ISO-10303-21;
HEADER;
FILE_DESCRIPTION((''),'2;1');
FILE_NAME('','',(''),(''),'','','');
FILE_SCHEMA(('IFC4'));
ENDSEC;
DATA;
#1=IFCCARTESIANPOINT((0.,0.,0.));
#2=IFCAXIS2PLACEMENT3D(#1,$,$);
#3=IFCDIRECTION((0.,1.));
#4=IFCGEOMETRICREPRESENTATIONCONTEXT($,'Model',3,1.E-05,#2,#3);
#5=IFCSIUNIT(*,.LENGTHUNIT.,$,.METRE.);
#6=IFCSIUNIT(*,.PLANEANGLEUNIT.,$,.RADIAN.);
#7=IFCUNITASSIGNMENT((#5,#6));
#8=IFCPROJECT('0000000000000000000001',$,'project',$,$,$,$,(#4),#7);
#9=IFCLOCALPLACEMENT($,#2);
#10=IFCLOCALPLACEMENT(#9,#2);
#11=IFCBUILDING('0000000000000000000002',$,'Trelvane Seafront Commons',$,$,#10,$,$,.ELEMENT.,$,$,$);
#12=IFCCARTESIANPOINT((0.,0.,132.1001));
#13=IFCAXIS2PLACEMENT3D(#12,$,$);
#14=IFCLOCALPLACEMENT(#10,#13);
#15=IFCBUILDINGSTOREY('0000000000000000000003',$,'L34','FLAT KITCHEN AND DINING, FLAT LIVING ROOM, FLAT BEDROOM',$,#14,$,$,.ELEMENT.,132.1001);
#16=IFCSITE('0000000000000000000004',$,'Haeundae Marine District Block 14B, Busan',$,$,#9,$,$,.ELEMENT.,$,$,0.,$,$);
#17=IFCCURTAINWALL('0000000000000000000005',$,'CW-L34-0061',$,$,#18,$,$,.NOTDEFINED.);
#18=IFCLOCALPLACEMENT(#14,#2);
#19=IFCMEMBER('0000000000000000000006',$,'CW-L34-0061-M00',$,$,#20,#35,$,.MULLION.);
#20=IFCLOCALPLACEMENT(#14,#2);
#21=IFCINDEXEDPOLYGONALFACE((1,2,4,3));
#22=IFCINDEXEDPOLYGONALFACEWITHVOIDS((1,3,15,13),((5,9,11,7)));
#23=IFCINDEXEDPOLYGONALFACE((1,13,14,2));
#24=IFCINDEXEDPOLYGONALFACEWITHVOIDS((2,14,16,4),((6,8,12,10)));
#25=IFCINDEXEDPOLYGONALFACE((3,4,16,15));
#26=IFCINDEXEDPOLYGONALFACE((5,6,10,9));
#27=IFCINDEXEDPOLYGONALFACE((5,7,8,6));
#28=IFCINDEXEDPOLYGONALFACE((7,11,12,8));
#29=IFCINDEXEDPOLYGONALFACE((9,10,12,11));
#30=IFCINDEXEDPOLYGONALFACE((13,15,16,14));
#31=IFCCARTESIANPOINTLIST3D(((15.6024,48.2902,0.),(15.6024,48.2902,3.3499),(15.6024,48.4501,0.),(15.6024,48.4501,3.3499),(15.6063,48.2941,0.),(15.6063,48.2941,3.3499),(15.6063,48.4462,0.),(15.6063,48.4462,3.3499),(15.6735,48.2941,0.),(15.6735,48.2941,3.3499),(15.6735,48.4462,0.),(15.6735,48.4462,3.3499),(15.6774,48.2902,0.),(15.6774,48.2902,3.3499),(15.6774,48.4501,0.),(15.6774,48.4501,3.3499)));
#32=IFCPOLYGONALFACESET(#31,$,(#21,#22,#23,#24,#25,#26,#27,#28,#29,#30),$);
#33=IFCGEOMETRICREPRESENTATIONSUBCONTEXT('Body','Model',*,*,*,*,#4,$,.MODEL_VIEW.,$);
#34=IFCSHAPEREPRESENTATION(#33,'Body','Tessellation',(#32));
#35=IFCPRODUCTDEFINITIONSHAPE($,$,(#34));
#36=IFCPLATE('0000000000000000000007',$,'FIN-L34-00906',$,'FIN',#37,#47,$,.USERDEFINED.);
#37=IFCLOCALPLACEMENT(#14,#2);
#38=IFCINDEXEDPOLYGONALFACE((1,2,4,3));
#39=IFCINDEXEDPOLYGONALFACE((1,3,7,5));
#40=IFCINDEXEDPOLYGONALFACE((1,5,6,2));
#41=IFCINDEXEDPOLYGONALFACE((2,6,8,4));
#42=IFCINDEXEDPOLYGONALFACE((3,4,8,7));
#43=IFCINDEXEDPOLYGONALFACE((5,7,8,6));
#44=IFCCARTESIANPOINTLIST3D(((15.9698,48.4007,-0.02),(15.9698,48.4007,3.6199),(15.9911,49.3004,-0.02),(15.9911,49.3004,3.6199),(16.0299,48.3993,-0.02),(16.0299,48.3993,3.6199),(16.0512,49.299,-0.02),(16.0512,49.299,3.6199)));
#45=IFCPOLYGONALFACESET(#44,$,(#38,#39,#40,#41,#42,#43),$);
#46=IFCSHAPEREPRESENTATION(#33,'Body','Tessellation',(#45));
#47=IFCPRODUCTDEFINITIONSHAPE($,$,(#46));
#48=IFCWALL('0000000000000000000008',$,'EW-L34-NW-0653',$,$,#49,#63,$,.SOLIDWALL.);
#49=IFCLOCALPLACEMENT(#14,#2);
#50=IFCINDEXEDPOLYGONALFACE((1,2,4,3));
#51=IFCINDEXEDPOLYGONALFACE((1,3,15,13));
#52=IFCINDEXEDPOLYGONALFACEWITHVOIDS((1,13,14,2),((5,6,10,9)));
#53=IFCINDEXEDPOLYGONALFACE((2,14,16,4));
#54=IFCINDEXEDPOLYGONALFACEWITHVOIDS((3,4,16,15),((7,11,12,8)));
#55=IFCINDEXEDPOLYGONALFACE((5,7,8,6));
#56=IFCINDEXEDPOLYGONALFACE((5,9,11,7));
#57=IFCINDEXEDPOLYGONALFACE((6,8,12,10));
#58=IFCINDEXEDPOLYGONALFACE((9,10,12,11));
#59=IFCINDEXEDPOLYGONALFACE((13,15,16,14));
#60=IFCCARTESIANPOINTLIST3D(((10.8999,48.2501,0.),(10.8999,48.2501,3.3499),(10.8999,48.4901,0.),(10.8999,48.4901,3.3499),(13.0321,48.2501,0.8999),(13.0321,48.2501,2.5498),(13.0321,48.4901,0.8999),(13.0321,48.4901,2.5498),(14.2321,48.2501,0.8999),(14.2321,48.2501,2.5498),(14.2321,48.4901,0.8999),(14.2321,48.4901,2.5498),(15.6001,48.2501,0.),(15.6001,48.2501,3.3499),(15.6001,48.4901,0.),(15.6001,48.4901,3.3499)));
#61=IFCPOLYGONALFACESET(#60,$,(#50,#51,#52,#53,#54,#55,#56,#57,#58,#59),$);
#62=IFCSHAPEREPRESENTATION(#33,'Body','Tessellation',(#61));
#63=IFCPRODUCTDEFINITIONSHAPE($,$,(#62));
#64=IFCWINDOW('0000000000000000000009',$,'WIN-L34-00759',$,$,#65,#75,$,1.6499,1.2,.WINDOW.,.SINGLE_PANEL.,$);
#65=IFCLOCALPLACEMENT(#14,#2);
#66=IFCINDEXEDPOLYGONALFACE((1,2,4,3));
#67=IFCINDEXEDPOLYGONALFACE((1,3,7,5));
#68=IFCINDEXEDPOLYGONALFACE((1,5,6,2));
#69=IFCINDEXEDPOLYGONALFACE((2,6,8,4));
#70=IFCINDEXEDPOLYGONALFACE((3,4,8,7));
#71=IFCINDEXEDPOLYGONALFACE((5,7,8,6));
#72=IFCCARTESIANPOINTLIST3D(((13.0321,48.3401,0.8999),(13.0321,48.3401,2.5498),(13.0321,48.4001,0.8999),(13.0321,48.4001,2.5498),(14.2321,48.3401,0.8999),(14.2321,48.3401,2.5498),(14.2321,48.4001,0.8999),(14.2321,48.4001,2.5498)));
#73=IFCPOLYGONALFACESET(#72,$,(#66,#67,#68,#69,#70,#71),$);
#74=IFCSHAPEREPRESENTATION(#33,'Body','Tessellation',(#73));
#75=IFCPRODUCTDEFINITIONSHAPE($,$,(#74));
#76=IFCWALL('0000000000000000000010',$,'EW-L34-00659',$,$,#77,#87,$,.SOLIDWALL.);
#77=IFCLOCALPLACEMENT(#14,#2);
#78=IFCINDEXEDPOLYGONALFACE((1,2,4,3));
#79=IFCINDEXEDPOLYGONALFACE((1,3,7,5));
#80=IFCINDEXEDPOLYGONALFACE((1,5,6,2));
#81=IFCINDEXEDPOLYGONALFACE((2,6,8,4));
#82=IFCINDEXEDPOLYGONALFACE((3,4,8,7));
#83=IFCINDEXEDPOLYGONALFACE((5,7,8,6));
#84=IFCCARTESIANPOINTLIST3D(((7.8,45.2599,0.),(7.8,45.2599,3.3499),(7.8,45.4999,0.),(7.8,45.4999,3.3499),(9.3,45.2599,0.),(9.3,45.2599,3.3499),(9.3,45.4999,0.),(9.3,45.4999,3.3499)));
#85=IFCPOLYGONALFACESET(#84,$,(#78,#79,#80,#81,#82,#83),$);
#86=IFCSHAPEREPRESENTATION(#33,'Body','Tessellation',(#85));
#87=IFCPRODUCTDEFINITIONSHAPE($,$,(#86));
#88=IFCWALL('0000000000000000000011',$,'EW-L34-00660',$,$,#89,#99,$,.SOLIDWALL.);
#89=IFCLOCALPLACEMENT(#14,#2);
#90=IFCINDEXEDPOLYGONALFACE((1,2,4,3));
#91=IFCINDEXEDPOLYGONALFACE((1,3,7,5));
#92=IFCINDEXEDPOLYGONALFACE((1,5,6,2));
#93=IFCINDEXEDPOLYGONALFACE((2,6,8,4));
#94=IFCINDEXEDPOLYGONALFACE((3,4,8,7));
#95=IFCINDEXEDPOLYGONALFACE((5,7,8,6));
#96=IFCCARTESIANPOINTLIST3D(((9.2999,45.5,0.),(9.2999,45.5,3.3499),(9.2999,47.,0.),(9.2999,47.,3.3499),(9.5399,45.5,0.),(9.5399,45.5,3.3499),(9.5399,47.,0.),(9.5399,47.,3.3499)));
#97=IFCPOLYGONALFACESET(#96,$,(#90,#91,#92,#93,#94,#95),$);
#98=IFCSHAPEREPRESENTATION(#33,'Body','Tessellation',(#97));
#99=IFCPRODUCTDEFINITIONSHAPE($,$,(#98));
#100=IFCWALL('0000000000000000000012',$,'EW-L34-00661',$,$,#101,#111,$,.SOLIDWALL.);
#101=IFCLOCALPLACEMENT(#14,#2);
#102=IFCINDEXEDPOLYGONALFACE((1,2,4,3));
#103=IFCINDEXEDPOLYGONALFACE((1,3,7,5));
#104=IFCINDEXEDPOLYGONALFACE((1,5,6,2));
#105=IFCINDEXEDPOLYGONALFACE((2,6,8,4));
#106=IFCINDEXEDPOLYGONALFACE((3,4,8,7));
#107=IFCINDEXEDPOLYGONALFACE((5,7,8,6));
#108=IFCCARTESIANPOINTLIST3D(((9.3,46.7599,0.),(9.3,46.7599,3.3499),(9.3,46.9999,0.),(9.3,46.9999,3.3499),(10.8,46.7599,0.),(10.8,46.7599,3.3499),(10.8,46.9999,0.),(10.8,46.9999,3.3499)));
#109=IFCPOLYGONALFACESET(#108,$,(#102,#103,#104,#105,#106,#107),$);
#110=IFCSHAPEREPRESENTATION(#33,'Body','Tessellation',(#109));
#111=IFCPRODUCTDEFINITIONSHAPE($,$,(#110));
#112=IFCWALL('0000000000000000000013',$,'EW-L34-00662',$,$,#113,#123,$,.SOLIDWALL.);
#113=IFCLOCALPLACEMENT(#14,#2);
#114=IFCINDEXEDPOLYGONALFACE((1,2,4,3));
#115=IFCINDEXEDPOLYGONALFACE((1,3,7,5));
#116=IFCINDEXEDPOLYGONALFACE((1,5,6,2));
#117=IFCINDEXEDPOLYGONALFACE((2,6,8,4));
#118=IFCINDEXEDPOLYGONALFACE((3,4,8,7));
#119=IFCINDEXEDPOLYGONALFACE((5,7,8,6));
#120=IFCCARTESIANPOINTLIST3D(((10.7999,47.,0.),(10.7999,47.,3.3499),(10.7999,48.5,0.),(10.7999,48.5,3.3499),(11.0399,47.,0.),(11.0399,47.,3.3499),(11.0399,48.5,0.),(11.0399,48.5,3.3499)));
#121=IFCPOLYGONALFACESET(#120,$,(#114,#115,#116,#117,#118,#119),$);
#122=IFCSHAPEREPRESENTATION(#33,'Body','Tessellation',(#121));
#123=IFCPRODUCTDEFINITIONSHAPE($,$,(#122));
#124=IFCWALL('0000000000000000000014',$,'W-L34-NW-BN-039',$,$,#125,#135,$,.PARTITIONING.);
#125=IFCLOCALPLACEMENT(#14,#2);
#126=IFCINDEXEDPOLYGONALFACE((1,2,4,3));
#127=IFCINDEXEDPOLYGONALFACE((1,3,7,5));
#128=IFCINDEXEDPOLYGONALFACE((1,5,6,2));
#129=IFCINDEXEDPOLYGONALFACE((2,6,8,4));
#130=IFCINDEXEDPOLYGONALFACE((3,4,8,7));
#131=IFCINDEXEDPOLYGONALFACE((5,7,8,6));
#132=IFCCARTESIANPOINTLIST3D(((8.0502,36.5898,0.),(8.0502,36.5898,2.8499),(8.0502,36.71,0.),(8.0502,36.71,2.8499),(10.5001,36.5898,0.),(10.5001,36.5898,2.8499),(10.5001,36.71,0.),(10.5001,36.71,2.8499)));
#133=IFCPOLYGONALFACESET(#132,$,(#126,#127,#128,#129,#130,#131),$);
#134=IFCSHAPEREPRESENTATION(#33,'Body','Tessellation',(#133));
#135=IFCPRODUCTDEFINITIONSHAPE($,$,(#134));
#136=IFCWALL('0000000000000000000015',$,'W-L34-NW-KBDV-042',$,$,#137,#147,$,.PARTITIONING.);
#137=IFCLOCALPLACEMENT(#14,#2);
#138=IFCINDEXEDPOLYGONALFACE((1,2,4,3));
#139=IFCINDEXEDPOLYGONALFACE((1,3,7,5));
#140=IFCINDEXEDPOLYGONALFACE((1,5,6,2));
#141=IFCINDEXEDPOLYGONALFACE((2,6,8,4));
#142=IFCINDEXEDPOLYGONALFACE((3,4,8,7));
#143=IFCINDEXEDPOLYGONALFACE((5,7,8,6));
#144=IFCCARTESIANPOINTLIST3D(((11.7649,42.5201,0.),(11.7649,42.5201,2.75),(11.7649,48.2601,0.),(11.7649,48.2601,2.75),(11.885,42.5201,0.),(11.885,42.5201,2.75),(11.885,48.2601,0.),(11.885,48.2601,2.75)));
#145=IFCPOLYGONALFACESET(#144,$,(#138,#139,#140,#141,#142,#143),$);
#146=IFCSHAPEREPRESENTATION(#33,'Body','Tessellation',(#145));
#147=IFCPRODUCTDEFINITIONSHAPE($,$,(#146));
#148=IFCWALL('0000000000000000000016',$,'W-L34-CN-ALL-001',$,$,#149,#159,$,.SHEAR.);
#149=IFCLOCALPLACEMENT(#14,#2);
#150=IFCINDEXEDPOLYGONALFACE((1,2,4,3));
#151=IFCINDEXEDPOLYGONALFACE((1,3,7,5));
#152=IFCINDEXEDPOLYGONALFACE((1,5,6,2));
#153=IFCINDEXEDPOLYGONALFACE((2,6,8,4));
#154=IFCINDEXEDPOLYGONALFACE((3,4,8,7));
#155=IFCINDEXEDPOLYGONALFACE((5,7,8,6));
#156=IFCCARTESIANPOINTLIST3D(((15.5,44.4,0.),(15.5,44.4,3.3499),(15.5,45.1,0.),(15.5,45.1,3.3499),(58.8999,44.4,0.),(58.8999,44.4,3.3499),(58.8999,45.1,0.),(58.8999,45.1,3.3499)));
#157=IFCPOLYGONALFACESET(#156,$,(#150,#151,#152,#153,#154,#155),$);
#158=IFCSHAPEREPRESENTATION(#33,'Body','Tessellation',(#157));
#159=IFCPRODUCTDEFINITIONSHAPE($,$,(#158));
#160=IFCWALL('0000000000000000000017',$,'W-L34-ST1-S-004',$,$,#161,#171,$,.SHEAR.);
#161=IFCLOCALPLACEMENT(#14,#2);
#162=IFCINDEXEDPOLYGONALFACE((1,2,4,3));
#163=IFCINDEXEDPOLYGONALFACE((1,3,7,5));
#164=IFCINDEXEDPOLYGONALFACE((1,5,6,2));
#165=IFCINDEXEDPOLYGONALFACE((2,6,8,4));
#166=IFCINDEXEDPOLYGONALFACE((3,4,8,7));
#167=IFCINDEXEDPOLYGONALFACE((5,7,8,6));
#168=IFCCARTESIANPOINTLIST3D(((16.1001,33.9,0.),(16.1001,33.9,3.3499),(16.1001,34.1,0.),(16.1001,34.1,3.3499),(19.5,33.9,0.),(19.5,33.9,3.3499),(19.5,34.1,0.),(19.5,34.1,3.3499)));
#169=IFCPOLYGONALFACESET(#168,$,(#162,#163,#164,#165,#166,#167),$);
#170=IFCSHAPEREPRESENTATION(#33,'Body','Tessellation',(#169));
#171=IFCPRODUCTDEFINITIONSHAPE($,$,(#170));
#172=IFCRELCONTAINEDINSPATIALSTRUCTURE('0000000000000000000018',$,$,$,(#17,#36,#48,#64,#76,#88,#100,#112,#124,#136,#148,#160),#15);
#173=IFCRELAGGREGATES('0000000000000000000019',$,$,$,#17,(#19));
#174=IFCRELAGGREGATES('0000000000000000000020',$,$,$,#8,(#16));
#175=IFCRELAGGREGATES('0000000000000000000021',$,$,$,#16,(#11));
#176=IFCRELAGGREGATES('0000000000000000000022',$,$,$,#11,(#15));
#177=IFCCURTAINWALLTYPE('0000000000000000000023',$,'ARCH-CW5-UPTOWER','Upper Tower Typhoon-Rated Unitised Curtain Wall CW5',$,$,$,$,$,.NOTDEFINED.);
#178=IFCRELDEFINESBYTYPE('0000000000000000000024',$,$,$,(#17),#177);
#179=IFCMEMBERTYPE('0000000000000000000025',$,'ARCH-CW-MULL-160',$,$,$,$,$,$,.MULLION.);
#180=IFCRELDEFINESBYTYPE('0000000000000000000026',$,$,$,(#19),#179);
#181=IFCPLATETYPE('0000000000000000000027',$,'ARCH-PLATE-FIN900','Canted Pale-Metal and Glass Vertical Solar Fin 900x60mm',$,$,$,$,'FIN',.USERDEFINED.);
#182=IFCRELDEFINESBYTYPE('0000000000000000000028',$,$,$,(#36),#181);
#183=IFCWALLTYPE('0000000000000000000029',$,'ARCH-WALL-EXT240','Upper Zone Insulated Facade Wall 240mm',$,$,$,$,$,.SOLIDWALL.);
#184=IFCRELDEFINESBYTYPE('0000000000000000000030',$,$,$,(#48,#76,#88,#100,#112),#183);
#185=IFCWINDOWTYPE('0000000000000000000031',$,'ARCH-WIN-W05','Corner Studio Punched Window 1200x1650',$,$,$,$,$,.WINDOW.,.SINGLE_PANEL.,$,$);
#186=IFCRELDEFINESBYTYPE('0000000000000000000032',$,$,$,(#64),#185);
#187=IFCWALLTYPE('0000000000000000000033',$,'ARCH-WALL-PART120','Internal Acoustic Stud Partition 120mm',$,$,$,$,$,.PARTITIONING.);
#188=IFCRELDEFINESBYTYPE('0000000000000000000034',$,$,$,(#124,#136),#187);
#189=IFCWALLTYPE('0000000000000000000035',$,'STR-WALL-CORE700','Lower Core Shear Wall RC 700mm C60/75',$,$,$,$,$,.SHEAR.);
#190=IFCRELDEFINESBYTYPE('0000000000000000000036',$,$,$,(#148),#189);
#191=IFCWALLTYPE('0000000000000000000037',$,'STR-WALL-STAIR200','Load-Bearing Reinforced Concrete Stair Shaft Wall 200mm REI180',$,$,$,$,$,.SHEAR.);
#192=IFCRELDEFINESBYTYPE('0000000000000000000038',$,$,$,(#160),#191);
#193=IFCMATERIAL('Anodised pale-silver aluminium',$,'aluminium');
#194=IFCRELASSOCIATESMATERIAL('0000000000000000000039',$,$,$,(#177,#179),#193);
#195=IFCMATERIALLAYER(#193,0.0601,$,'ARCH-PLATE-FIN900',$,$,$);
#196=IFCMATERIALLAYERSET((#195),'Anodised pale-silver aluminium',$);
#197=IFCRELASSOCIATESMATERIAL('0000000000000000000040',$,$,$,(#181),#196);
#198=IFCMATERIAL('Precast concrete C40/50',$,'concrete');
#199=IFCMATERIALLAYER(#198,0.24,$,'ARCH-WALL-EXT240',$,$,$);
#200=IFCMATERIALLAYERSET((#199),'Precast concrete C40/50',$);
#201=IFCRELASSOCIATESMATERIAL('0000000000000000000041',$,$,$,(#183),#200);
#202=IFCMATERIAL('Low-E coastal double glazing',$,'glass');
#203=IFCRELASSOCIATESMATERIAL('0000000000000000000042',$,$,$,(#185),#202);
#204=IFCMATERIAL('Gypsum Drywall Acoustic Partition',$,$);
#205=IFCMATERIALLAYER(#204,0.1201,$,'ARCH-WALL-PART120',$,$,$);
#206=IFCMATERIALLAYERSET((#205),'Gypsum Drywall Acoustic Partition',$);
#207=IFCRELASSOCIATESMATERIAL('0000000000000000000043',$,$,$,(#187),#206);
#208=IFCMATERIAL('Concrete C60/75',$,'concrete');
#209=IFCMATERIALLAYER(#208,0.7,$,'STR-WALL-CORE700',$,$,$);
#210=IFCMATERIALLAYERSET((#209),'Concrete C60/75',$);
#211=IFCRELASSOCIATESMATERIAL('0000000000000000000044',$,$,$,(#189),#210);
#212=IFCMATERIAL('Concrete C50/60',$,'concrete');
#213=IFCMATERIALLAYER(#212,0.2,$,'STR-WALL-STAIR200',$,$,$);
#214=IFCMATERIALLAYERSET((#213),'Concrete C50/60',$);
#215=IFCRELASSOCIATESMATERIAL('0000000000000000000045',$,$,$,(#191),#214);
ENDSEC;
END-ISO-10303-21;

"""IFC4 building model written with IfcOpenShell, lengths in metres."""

from ifc_helpers import new_model, si_unit, direction, frame, frame_2d, origin, origin_2d, place, context, subcontext, project, spatial, rectangle, hollow_rectangle, extrude, source, transform, mapped, material, layer, layer_set, material_profile, profile_set, type_object, element, fill, aggregate, save


model = new_model("IFC4")

# Units and contexts
model_context = context("Model", 3, precision=1e-05, world=origin(), true_north=direction((0.0, 1.0)))
body_context = subcontext(model_context, "Body", "Model", "MODEL_VIEW")
ifc_project = project(units=[si_unit("LENGTHUNIT", "METRE"), si_unit("PLANEANGLEUNIT", "RADIAN")], contexts=[model_context])

# Site, building, storey
site_placement = place(None, origin())
site = spatial("IfcSite", under=ifc_project, at=site_placement, Name="Haeundae Marine District Block 14B, Busan", CompositionType="ELEMENT", RefElevation=0.0)
building_placement = place(site_placement, origin())
building = spatial("IfcBuilding", under=site, at=building_placement, Name="Trelvane Seafront Commons", CompositionType="ELEMENT")
storey_placement = place(building_placement, frame((0.0, 0.0, 132.1001)))
storey = spatial("IfcBuildingStorey", under=building, at=storey_placement, Name="L34", Description="FLAT KITCHEN AND DINING, FLAT LIVING ROOM, FLAT BEDROOM", CompositionType="ELEMENT", Elevation=132.1001)

# Shared definitions
ifc_material_1 = material(Name="Concrete C50/60", Category="concrete")

# Shared definitions
ifc_material_2 = material(Name="Concrete C60/75", Category="concrete")

# Curtain wall, member
ifc_material_3 = material(Name="Anodised pale-silver aluminium", Category="aluminium")
curtain_wall_type = type_object("IfcCurtainWallType", Name="ARCH-CW5-UPTOWER", Description="Upper Tower Typhoon-Rated Unitised Curtain Wall CW5", PredefinedType="NOTDEFINED", material=ifc_material_3)
curtain_wall_placement = place(storey_placement, origin())
curtain_wall = element("IfcCurtainWall", 1, at=curtain_wall_placement, inside=storey, type_object=curtain_wall_type, Name="CW-L34-0061", PredefinedType="NOTDEFINED")
ifc_material_profile_1 = material_profile(ifc_material_3, hollow_rectangle(XDim=0.075, YDim=0.1599, WallThickness=0.0039, at=origin_2d()), Name="MULL-75x160x4")
ifc_profile_set_1 = profile_set([ifc_material_profile_1], Name="Anodised pale-silver aluminium")
member_type_1 = type_object("IfcMemberType", Name="ARCH-CW-MULL-160", PredefinedType="MULLION", material=ifc_profile_set_1)
shared_shape_1 = source(origin(), body_context, "Body", "SweptSolid", [
    extrude(hollow_rectangle(XDim=0.075, YDim=0.1599, WallThickness=0.0039, at=origin_2d()), origin(), (0.0, 0.0, 1.0), 3.3499),
])
member_1_placement = place(storey_placement, frame((15.6399, 48.3701, 0.0), z_axis=(0.0, 0.0, 1.0), x_axis=(1.0, 0.0, 0.0)))
member_1 = element("IfcMember", 2, at=member_1_placement, type_object=member_type_1, Name="CW-L34-0061-M00", PredefinedType="MULLION", context=body_context, shape_type="MappedRepresentation", body=[
    mapped(shared_shape_1, transform((0.0, 0.0, 0.0), x_axis=(1.0, 0.0, 0.0), y_axis=(0.0, 1.0, 0.0), z_axis=(0.0, 0.0, 1.0), scale=1.0)),
])
aggregate(curtain_wall, [member_1])

# Plate
ifc_layer_1 = layer(ifc_material_3, 0.0601, Name="ARCH-PLATE-FIN900")
ifc_layer_set_1 = layer_set([ifc_layer_1], Name="Anodised pale-silver aluminium")
plate_type = type_object("IfcPlateType", Name="ARCH-PLATE-FIN900", Description="Canted Pale-Metal and Glass Vertical Solar Fin 900x60mm", ElementType="FIN", PredefinedType="USERDEFINED", material=ifc_layer_set_1)
shared_shape_2 = source(origin(), body_context, "Body", "SweptSolid", [
    extrude(rectangle(XDim=0.8999, YDim=0.0601, at=origin_2d()), origin(), (0.0, 0.0, 1.0), 3.6399),
])
plate_placement = place(storey_placement, frame((16.0105, 48.8499, -0.02), z_axis=(0.0, 0.0, 1.0), x_axis=(0.023668, 0.99972, 0.0)))
element("IfcPlate", 3, at=plate_placement, inside=storey, type_object=plate_type, Name="FIN-L34-00906", ObjectType="FIN", PredefinedType="USERDEFINED", context=body_context, shape_type="MappedRepresentation", body=[
    mapped(shared_shape_2, transform((0.0, 0.0, 0.0), x_axis=(1.0, 0.0, 0.0), y_axis=(0.0, 1.0, 0.0), z_axis=(0.0, 0.0, 1.0), scale=1.0)),
])

# Wall, opening, window
ifc_material_4 = material(Name="Precast concrete C40/50", Category="concrete")
ifc_layer_2 = layer(ifc_material_4, 0.24, Name="ARCH-WALL-EXT240")
ifc_layer_set_2 = layer_set([ifc_layer_2], Name="Precast concrete C40/50")
wall_type_1 = type_object("IfcWallType", Name="ARCH-WALL-EXT240", Description="Upper Zone Insulated Facade Wall 240mm", PredefinedType="SOLIDWALL", material=ifc_layer_set_2)
wall_1_placement = place(storey_placement, frame((10.8999, 48.3701, 0.0), z_axis=(0.0, 0.0, 1.0), x_axis=(1.0, 0.0, 0.0)))
wall_1 = element("IfcWall", 4, at=wall_1_placement, inside=storey, type_object=wall_type_1, Name="EW-L34-NW-0653", PredefinedType="SOLIDWALL", context=body_context, shape_type="SweptSolid", body=[
    extrude(rectangle(XDim=4.7002, YDim=0.24, at=frame_2d((2.3501, 0.0))), origin(), (0.0, 0.0, 1.0), 3.3499),
])
opening_1_placement = place(wall_1_placement, frame((2.1321, 0.0, 0.8999)))
opening_1 = element("IfcOpeningElement", 5, at=opening_1_placement, cuts=wall_1, PredefinedType="OPENING", context=body_context, shape_type="SweptSolid", body=[
    extrude(rectangle(XDim=1.2, YDim=1.6499, at=frame_2d((0.6001, 0.825))), frame((0.0, 0.1299, 0.0), z_axis=(0.0, -1.0, 0.0), x_axis=(1.0, 0.0, 0.0)), (0.0, 0.0, 1.0), 0.26),
])
ifc_material_5 = material(Name="Low-E coastal double glazing", Category="glass")
window_type = type_object("IfcWindowType", Name="ARCH-WIN-W05", Description="Corner Studio Punched Window 1200x1650", PartitioningType="SINGLE_PANEL", PredefinedType="WINDOW", material=ifc_material_5)
shared_shape_3 = source(origin(), body_context, "Body", "SweptSolid", [
    extrude(rectangle(XDim=1.2, YDim=1.6499, at=frame_2d((0.6001, 0.825))), frame((0.0, 0.03, 0.0), z_axis=(0.0, -1.0, 0.0), x_axis=(1.0, 0.0, 0.0)), (0.0, 0.0, 1.0), 0.0601),
])
window_placement = place(opening_1_placement, origin())
window = element("IfcWindow", 6, at=window_placement, inside=storey, type_object=window_type, Name="WIN-L34-00759", OverallHeight=1.6499, OverallWidth=1.2, PartitioningType="SINGLE_PANEL", PredefinedType="WINDOW", context=body_context, shape_type="MappedRepresentation", body=[
    mapped(shared_shape_3, transform((0.0, 0.0, 0.0), x_axis=(1.0, 0.0, 0.0), y_axis=(0.0, 1.0, 0.0), z_axis=(0.0, 0.0, 1.0), scale=1.0)),
])
fill(opening_1, window)

# Walls
for number, where, z_axis, x_axis, name in (
    (7, (7.8, 45.3799, 0.0), (0.0, 0.0, 1.0), (1.0, 0.0, 0.0), "EW-L34-00659"),
    (8, (9.4199, 45.5, 0.0), (0.0, 0.0, 1.0), (0.0, 1.0, 0.0), "EW-L34-00660"),
    (9, (9.3, 46.8799, 0.0), (0.0, 0.0, 1.0), (1.0, 0.0, 0.0), "EW-L34-00661"),
    (10, (10.9199, 47.0, 0.0), (0.0, 0.0, 1.0), (0.0, 1.0, 0.0), "EW-L34-00662"),
):
    element("IfcWall", number, at=place(storey_placement, frame(where, z_axis=z_axis, x_axis=x_axis)), inside=storey, type_object=wall_type_1, Name=name, PredefinedType="SOLIDWALL", context=body_context, shape_type="SweptSolid", body=[
        extrude(rectangle(XDim=1.5, YDim=0.24, at=frame_2d((0.75, 0.0))), origin(), (0.0, 0.0, 1.0), 3.3499),
    ])
ifc_material_6 = material(Name="Gypsum Drywall Acoustic Partition")
ifc_layer_3 = layer(ifc_material_6, 0.1201, Name="ARCH-WALL-PART120")
ifc_layer_set_3 = layer_set([ifc_layer_3], Name="Gypsum Drywall Acoustic Partition")
wall_type_2 = type_object("IfcWallType", Name="ARCH-WALL-PART120", Description="Internal Acoustic Stud Partition 120mm", PredefinedType="PARTITIONING", material=ifc_layer_set_3)
wall_2_placement = place(storey_placement, frame((8.05, 36.6499, 0.0), z_axis=(0.0, 0.0, 1.0), x_axis=(1.0, 0.0, 0.0)))
element("IfcWall", 11, at=wall_2_placement, inside=storey, type_object=wall_type_2, Name="W-L34-NW-BN-039", PredefinedType="PARTITIONING", context=body_context, shape_type="SweptSolid", body=[
    extrude(rectangle(XDim=2.45, YDim=0.1201, at=frame_2d((1.2251, 0.0))), origin(), (0.0, 0.0, 1.0), 2.8499),
])

# Wall
wall_3_placement = place(storey_placement, frame((11.825, 42.52, 0.0), z_axis=(0.0, 0.0, 1.0), x_axis=(0.0, 1.0, 0.0)))
element("IfcWall", 12, at=wall_3_placement, inside=storey, type_object=wall_type_2, Name="W-L34-NW-KBDV-042", PredefinedType="PARTITIONING", context=body_context, shape_type="SweptSolid", body=[
    extrude(rectangle(XDim=5.74, YDim=0.1201, at=frame_2d((2.8701, 0.0))), origin(), (0.0, 0.0, 1.0), 2.75),
])

# Walls
ifc_layer_4 = layer(ifc_material_2, 0.7, Name="STR-WALL-CORE700")
ifc_layer_set_4 = layer_set([ifc_layer_4], Name="Concrete C60/75")
wall_type_3 = type_object("IfcWallType", Name="STR-WALL-CORE700", Description="Lower Core Shear Wall RC 700mm C60/75", PredefinedType="SHEAR", material=ifc_layer_set_4)
wall_4_placement = place(storey_placement, frame((15.5, 44.75, 0.0), z_axis=(0.0, 0.0, 1.0), x_axis=(1.0, 0.0, 0.0)))
element("IfcWall", 13, at=wall_4_placement, inside=storey, type_object=wall_type_3, Name="W-L34-CN-ALL-001", PredefinedType="SHEAR", context=body_context, shape_type="SweptSolid", body=[
    extrude(rectangle(XDim=43.3999, YDim=0.7, at=frame_2d((21.7, 0.0))), origin(), (0.0, 0.0, 1.0), 3.3499),
])
ifc_layer_5 = layer(ifc_material_1, 0.2, Name="STR-WALL-STAIR200")
ifc_layer_set_5 = layer_set([ifc_layer_5], Name="Concrete C50/60")
wall_type_4 = type_object("IfcWallType", Name="STR-WALL-STAIR200", Description="Load-Bearing Reinforced Concrete Stair Shaft Wall 200mm REI180", PredefinedType="SHEAR", material=ifc_layer_set_5)
wall_5_placement = place(storey_placement, frame((16.1001, 34.0, 0.0), z_axis=(0.0, 0.0, 1.0), x_axis=(1.0, 0.0, 0.0)))
element("IfcWall", 14, at=wall_5_placement, inside=storey, type_object=wall_type_4, Name="W-L34-ST1-S-004", PredefinedType="SHEAR", context=body_context, shape_type="SweptSolid", body=[
    extrude(rectangle(XDim=3.3999, YDim=0.2, at=frame_2d((1.7, 0.0))), origin(), (0.0, 0.0, 1.0), 3.3499),
])

save(model, "model.ifc")
